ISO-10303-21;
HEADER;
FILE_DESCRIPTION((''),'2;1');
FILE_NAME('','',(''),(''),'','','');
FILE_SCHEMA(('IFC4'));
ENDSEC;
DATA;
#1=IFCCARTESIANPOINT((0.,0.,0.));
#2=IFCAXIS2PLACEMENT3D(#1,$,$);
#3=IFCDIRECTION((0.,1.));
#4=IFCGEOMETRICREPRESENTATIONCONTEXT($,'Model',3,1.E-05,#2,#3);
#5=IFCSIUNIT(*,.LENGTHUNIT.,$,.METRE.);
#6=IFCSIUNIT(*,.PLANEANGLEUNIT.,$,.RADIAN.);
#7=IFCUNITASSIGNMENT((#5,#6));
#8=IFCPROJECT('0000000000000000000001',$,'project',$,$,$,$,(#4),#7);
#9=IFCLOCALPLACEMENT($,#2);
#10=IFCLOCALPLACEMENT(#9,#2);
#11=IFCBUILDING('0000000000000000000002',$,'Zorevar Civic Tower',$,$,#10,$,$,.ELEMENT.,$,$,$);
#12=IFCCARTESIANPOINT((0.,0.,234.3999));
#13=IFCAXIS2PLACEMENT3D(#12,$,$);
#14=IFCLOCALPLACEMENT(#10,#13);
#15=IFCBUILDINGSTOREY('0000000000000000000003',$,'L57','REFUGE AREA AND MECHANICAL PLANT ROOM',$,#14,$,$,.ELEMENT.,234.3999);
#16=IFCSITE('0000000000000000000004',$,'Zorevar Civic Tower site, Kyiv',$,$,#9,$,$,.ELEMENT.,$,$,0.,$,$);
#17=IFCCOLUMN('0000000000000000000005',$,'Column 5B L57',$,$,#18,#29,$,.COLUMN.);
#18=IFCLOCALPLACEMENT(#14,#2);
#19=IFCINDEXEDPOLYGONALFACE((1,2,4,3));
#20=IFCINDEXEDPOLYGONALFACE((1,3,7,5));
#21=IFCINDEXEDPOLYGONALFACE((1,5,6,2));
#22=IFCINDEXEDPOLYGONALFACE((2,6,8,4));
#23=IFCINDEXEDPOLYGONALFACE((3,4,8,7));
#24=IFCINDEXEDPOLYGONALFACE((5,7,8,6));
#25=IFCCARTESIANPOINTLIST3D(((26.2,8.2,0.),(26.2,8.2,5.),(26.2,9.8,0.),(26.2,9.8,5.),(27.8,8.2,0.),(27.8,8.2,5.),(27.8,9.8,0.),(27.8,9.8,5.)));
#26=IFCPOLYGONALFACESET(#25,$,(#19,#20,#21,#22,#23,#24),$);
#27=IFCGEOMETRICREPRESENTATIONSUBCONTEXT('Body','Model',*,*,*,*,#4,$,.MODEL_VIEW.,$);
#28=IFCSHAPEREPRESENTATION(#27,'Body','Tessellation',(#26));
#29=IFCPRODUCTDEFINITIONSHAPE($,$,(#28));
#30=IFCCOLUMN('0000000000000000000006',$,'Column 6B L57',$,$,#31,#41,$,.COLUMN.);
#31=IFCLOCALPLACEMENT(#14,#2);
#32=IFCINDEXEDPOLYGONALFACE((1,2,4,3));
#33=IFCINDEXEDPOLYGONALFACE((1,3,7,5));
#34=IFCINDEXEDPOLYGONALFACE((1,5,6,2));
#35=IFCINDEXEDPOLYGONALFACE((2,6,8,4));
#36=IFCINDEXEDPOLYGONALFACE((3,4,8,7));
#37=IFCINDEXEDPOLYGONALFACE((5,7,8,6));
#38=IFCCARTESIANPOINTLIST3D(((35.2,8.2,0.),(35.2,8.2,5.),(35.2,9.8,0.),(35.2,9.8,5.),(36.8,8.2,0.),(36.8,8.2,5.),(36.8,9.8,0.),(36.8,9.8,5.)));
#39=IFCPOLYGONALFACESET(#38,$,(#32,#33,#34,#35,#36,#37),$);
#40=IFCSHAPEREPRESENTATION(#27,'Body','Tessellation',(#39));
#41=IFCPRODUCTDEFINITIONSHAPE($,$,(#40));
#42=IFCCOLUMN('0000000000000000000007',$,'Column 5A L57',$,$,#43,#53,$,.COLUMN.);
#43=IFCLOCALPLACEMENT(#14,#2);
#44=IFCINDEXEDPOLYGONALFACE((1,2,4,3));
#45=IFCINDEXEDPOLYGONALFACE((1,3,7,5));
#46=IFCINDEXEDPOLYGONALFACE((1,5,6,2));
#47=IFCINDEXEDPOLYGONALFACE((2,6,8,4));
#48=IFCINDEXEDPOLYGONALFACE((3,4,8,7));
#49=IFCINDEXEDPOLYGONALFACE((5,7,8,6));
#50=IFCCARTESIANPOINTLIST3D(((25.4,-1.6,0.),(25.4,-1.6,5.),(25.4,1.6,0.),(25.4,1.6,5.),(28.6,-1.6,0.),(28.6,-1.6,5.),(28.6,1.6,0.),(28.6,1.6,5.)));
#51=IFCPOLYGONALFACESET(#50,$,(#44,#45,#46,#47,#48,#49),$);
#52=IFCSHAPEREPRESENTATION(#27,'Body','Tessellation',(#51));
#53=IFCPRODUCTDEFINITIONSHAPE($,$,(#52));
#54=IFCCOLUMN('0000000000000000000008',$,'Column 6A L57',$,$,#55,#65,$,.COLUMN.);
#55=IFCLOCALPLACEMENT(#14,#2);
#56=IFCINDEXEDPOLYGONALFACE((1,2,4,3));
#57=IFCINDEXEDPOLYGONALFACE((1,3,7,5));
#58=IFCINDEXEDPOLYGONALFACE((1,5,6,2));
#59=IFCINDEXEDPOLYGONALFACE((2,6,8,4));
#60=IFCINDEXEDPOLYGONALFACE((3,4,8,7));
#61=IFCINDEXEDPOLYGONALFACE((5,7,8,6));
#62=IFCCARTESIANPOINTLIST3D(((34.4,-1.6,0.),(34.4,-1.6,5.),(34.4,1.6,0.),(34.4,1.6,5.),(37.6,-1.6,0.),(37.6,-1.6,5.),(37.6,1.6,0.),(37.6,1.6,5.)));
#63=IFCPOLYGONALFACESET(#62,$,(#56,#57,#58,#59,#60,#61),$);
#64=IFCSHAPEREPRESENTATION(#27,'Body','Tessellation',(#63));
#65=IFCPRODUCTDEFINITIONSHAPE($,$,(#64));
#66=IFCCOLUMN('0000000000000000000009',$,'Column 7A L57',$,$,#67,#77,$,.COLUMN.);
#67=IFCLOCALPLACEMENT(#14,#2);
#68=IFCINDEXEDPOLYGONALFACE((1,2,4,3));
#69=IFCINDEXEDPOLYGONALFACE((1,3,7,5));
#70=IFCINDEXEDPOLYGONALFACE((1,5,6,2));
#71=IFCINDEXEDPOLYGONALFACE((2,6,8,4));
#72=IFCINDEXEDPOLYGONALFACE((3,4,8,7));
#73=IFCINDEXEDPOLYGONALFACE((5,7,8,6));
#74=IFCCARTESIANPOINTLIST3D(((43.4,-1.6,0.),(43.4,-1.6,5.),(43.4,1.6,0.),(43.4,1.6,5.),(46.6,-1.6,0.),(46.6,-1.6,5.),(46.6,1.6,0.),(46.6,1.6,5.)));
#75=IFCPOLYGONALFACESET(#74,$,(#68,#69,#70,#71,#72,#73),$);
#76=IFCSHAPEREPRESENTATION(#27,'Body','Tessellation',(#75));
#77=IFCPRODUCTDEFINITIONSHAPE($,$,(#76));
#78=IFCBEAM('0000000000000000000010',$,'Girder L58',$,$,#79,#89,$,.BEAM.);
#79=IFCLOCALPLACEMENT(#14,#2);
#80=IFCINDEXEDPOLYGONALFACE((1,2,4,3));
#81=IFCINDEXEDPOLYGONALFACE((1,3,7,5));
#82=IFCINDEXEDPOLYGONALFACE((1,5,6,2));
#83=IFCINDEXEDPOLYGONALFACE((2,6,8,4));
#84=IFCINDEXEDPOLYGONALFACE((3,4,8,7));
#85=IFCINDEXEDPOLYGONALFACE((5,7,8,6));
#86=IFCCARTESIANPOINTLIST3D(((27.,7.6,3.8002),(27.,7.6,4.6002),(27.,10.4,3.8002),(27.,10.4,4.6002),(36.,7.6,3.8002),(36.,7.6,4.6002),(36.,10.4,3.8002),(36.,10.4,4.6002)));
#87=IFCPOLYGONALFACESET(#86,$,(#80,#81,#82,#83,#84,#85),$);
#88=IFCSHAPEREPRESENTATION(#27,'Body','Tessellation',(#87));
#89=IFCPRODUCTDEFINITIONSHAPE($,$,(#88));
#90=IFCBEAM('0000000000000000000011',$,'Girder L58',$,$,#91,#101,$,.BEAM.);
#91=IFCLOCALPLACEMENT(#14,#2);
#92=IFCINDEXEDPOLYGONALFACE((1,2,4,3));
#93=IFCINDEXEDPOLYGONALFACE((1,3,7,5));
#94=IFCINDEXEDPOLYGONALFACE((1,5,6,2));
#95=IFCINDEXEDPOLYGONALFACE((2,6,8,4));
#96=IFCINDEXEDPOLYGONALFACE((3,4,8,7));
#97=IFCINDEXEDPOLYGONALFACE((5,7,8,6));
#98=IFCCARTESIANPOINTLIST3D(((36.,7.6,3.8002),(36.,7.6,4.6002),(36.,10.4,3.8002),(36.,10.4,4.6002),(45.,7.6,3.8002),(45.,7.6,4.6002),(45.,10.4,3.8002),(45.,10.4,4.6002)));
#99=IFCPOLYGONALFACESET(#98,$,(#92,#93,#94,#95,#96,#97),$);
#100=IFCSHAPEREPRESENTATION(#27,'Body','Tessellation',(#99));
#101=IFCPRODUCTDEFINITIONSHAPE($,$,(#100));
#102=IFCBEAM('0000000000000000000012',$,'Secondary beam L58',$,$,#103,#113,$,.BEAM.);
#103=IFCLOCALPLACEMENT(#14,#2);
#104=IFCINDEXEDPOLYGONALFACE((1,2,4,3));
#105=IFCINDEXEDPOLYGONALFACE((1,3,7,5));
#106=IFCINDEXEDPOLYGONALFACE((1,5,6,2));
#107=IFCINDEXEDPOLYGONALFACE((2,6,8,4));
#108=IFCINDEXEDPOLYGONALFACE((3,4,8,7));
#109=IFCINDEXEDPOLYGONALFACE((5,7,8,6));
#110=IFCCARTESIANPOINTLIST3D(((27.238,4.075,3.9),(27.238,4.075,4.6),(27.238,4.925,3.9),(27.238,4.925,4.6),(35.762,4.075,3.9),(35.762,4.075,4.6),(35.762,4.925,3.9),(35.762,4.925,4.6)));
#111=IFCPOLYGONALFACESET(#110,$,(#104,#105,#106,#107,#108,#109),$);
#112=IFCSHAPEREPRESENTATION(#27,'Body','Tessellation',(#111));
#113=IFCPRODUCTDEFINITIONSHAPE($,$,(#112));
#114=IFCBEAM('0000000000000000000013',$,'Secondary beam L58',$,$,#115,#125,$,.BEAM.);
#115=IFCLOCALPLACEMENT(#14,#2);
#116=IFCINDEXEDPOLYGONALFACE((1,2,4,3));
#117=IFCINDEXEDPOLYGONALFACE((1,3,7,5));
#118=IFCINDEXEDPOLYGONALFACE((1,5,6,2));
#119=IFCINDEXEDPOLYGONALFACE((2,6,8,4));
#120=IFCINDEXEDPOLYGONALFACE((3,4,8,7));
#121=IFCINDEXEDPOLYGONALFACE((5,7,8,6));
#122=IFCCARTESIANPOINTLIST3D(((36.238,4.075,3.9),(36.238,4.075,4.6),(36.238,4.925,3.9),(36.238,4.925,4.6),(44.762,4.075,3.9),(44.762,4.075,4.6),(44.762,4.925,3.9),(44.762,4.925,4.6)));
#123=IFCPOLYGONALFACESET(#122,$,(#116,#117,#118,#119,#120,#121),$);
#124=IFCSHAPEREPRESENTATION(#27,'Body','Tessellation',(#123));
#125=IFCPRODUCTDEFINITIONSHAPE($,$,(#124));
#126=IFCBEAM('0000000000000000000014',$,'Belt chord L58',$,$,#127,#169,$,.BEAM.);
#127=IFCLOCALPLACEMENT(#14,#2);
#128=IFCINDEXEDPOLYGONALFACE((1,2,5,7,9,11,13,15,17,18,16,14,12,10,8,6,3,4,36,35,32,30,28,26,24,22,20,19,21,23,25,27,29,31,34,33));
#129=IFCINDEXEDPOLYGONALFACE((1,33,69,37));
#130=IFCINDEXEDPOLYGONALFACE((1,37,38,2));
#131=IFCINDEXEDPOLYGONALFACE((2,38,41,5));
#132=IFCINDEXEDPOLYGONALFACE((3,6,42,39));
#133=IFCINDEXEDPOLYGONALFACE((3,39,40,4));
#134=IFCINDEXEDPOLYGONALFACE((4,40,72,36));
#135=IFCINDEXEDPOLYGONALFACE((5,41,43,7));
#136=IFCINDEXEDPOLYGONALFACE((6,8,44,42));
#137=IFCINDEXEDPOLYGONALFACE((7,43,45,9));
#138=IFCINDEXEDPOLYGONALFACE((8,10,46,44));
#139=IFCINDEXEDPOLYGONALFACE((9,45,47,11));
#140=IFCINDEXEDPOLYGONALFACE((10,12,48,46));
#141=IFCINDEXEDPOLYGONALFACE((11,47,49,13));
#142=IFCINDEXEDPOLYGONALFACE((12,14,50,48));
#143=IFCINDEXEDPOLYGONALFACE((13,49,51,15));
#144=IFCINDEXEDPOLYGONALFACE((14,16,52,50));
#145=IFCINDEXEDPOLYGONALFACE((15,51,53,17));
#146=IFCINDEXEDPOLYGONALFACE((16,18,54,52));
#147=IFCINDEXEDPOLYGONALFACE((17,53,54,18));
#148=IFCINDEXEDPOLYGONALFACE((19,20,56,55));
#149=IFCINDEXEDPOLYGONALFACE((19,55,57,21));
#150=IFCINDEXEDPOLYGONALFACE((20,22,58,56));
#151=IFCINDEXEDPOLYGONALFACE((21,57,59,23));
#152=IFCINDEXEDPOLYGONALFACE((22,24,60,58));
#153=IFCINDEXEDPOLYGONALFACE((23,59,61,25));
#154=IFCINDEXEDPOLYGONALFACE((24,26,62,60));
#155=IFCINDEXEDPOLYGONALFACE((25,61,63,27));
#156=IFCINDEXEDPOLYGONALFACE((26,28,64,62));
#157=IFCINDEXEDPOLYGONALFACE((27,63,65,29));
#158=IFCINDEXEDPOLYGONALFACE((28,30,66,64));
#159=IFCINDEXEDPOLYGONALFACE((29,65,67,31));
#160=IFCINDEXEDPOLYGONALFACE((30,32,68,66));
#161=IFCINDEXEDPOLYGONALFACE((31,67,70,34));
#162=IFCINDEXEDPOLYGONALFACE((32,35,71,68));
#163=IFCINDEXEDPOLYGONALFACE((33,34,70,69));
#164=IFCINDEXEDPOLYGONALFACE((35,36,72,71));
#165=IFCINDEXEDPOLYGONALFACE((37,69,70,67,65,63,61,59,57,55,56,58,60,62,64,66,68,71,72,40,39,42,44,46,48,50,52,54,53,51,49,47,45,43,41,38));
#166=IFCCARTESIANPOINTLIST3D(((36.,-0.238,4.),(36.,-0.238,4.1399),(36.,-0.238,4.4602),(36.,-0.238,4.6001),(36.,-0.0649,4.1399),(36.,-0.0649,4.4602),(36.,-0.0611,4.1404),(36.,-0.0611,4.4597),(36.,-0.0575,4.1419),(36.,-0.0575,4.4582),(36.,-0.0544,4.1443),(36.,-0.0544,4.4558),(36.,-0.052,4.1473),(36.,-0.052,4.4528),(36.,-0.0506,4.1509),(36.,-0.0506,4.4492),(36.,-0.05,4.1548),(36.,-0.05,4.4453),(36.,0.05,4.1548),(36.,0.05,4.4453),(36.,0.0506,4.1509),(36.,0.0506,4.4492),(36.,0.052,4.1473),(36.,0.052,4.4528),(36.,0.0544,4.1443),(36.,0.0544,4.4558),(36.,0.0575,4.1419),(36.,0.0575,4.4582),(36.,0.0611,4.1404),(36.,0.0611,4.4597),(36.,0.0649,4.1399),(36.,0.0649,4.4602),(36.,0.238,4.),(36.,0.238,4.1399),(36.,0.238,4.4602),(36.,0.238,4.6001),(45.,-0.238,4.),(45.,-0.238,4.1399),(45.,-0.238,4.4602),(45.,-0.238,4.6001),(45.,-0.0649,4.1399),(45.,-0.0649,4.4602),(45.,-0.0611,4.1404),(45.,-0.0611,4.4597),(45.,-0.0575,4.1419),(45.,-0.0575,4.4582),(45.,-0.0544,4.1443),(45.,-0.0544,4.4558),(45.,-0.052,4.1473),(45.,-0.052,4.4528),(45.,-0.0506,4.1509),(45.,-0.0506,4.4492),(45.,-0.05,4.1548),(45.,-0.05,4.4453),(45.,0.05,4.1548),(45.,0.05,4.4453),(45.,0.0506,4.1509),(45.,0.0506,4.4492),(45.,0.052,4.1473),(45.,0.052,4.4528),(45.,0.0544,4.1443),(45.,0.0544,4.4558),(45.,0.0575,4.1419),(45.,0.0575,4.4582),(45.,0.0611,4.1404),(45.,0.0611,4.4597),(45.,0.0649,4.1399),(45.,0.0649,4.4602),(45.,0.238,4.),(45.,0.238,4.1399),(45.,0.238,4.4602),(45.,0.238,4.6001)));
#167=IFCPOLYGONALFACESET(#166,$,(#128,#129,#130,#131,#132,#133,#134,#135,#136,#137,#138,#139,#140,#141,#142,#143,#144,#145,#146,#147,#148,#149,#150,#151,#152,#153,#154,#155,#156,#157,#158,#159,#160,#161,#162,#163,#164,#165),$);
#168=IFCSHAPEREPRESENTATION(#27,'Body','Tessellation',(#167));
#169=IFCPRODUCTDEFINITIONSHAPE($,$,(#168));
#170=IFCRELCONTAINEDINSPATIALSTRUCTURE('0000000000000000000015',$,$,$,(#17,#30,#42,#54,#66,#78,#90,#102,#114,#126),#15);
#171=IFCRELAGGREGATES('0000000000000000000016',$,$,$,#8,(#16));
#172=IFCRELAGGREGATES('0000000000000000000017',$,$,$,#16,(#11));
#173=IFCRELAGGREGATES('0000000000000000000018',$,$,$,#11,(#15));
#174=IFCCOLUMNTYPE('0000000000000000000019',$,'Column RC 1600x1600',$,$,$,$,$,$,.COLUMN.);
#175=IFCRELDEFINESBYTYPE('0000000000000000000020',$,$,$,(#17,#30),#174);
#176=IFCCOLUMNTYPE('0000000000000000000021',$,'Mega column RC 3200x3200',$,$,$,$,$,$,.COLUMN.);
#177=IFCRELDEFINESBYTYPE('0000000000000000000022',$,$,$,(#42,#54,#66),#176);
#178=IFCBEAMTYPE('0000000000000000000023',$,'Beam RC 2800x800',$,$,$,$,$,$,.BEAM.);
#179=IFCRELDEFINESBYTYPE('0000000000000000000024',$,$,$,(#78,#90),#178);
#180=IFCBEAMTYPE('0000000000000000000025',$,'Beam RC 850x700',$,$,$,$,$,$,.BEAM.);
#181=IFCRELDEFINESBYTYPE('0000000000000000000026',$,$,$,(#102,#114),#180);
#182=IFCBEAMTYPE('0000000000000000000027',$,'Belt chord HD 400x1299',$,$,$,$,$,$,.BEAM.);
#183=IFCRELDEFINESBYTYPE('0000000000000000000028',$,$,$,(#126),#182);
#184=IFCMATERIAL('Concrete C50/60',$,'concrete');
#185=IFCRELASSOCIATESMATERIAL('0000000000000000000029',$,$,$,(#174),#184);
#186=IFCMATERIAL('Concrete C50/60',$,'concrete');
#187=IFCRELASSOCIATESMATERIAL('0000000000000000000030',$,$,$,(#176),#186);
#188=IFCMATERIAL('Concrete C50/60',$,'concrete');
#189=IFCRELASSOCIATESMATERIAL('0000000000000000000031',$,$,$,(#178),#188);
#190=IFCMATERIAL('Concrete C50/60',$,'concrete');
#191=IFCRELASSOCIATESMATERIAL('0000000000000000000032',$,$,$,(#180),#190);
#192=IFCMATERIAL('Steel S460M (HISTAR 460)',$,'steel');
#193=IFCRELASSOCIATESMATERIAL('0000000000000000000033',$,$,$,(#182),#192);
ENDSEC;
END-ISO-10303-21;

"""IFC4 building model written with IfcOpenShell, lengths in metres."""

from ifc_helpers import new_model, si_unit, direction, frame, origin, origin_2d, place, context, subcontext, project, spatial, rectangle, i_section, extrude, material, material_profile, profile_set, type_object, element, save


model = new_model("IFC4")

# Units and contexts
model_context = context("Model", 3, precision=1e-05, world=origin(), true_north=direction((0.0, 1.0)))
body_context = subcontext(model_context, "Body", "Model", "MODEL_VIEW")
ifc_project = project(units=[si_unit("LENGTHUNIT", "METRE"), si_unit("PLANEANGLEUNIT", "RADIAN")], contexts=[model_context])

# Site, building, storey
site_placement = place(None, origin())
site = spatial("IfcSite", under=ifc_project, at=site_placement, Name="Zorevar Civic Tower site, Kyiv", CompositionType="ELEMENT", RefElevation=0.0)
building_placement = place(site_placement, origin())
building = spatial("IfcBuilding", under=site, at=building_placement, Name="Zorevar Civic Tower", CompositionType="ELEMENT")
storey_placement = place(building_placement, frame((0.0, 0.0, 234.3999)))
storey = spatial("IfcBuildingStorey", under=building, at=storey_placement, Name="L57", Description="REFUGE AREA AND MECHANICAL PLANT ROOM", CompositionType="ELEMENT", Elevation=234.3999)

# Columns
ifc_material_1 = material(Name="Concrete C50/60", Category="concrete")
ifc_material_profile_1 = material_profile(ifc_material_1, rectangle(XDim=1.6001, YDim=1.6001, at=origin_2d()), Name="RC 1600x1600")
ifc_profile_set_1 = profile_set([ifc_material_profile_1], Name="Concrete C50/60")
column_type_1 = type_object("IfcColumnType", Name="Column RC 1600x1600", PredefinedType="COLUMN", material=ifc_profile_set_1)
for number, where, z_axis, x_axis, name in (
    (1, (27.0, 9.0, 0.0), (0.0, 0.0, 1.0), (1.0, 0.0, 0.0), "Column 5B L57"),
    (2, (36.0, 9.0, 0.0), (0.0, 0.0, 1.0), (1.0, 0.0, 0.0), "Column 6B L57"),
):
    element("IfcColumn", number, at=place(storey_placement, frame(where, z_axis=z_axis, x_axis=x_axis)), inside=storey, type_object=column_type_1, Name=name, PredefinedType="COLUMN", context=body_context, shape_type="SweptSolid", body=[
        extrude(rectangle(XDim=1.6001, YDim=1.6001, at=origin_2d()), origin(), (0.0, 0.0, 1.0), 5.0),
    ])
ifc_material_2 = material(Name="Concrete C50/60", Category="concrete")
ifc_material_profile_2 = material_profile(ifc_material_2, rectangle(XDim=3.2, YDim=3.2, at=origin_2d()), Name="RC 3200x3200")
ifc_profile_set_2 = profile_set([ifc_material_profile_2], Name="Concrete C50/60")
column_type_2 = type_object("IfcColumnType", Name="Mega column RC 3200x3200", PredefinedType="COLUMN", material=ifc_profile_set_2)
for number, where, z_axis, x_axis, name in (
    (3, (27.0, 0.0, 0.0), (0.0, 0.0, 1.0), (1.0, 0.0, 0.0), "Column 5A L57"),
    (4, (36.0, 0.0, 0.0), (0.0, 0.0, 1.0), (1.0, 0.0, 0.0), "Column 6A L57"),
    (5, (45.0, 0.0, 0.0), (0.0, 0.0, 1.0), (1.0, 0.0, 0.0), "Column 7A L57"),
):
    element("IfcColumn", number, at=place(storey_placement, frame(where, z_axis=z_axis, x_axis=x_axis)), inside=storey, type_object=column_type_2, Name=name, PredefinedType="COLUMN", context=body_context, shape_type="SweptSolid", body=[
        extrude(rectangle(XDim=3.2, YDim=3.2, at=origin_2d()), origin(), (0.0, 0.0, 1.0), 5.0),
    ])

# Beams
ifc_material_3 = material(Name="Concrete C50/60", Category="concrete")
ifc_material_profile_3 = material_profile(ifc_material_3, rectangle(XDim=2.8, YDim=0.8, at=origin_2d()), Name="RC 2800x800")
ifc_profile_set_3 = profile_set([ifc_material_profile_3], Name="Concrete C50/60")
beam_type_1 = type_object("IfcBeamType", Name="Beam RC 2800x800", PredefinedType="BEAM", material=ifc_profile_set_3)
for number, where, z_axis, x_axis, name in (
    (6, (27.0, 9.0, 4.2002), (1.0, 0.0, 0.0), (0.0, 1.0, 0.0), "Girder L58"),
    (7, (36.0, 9.0, 4.2002), (1.0, 0.0, 0.0), (0.0, 1.0, 0.0), "Girder L58"),
):
    element("IfcBeam", number, at=place(storey_placement, frame(where, z_axis=z_axis, x_axis=x_axis)), inside=storey, type_object=beam_type_1, Name=name, PredefinedType="BEAM", context=body_context, shape_type="SweptSolid", body=[
        extrude(rectangle(XDim=2.8, YDim=0.8, at=origin_2d()), origin(), (0.0, 0.0, 1.0), 9.0),
    ])
ifc_material_4 = material(Name="Concrete C50/60", Category="concrete")
ifc_material_profile_4 = material_profile(ifc_material_4, rectangle(XDim=0.8501, YDim=0.7, at=origin_2d()), Name="RC 850x700")
ifc_profile_set_4 = profile_set([ifc_material_profile_4], Name="Concrete C50/60")
beam_type_2 = type_object("IfcBeamType", Name="Beam RC 850x700", PredefinedType="BEAM", material=ifc_profile_set_4)
for number, where, z_axis, x_axis, name in (
    (8, (27.238, 4.5, 4.25), (1.0, 0.0, 0.0), (0.0, 1.0, 0.0), "Secondary beam L58"),
    (9, (36.238, 4.5, 4.25), (1.0, 0.0, 0.0), (0.0, 1.0, 0.0), "Secondary beam L58"),
):
    element("IfcBeam", number, at=place(storey_placement, frame(where, z_axis=z_axis, x_axis=x_axis)), inside=storey, type_object=beam_type_2, Name=name, PredefinedType="BEAM", context=body_context, shape_type="SweptSolid", body=[
        extrude(rectangle(XDim=0.8501, YDim=0.7, at=origin_2d()), origin(), (0.0, 0.0, 1.0), 8.5239),
    ])
ifc_material_5 = material(Name="Steel S460M (HISTAR 460)", Category="steel")
ifc_material_profile_5 = material_profile(ifc_material_5, i_section(OverallWidth=0.4761, OverallDepth=0.6001, WebThickness=0.1001, FlangeThickness=0.1399, FilletRadius=0.0149, at=origin_2d()), Name="HD 400x1299")
ifc_profile_set_5 = profile_set([ifc_material_profile_5], Name="Steel S460M (HISTAR 460)")
beam_type_3 = type_object("IfcBeamType", Name="Belt chord HD 400x1299", PredefinedType="BEAM", material=ifc_profile_set_5)
beam_1_placement = place(storey_placement, frame((36.0, 0.0, 4.3), z_axis=(1.0, 0.0, 0.0), x_axis=(0.0, 1.0, 0.0)))
element("IfcBeam", 10, at=beam_1_placement, inside=storey, type_object=beam_type_3, Name="Belt chord L58", PredefinedType="BEAM", context=body_context, shape_type="SweptSolid", body=[
    extrude(i_section(OverallWidth=0.4761, OverallDepth=0.6001, WebThickness=0.1001, FlangeThickness=0.1399, FilletRadius=0.0149, at=origin_2d()), origin(), (0.0, 0.0, 1.0), 9.0),
])

save(model, "model.ifc")
